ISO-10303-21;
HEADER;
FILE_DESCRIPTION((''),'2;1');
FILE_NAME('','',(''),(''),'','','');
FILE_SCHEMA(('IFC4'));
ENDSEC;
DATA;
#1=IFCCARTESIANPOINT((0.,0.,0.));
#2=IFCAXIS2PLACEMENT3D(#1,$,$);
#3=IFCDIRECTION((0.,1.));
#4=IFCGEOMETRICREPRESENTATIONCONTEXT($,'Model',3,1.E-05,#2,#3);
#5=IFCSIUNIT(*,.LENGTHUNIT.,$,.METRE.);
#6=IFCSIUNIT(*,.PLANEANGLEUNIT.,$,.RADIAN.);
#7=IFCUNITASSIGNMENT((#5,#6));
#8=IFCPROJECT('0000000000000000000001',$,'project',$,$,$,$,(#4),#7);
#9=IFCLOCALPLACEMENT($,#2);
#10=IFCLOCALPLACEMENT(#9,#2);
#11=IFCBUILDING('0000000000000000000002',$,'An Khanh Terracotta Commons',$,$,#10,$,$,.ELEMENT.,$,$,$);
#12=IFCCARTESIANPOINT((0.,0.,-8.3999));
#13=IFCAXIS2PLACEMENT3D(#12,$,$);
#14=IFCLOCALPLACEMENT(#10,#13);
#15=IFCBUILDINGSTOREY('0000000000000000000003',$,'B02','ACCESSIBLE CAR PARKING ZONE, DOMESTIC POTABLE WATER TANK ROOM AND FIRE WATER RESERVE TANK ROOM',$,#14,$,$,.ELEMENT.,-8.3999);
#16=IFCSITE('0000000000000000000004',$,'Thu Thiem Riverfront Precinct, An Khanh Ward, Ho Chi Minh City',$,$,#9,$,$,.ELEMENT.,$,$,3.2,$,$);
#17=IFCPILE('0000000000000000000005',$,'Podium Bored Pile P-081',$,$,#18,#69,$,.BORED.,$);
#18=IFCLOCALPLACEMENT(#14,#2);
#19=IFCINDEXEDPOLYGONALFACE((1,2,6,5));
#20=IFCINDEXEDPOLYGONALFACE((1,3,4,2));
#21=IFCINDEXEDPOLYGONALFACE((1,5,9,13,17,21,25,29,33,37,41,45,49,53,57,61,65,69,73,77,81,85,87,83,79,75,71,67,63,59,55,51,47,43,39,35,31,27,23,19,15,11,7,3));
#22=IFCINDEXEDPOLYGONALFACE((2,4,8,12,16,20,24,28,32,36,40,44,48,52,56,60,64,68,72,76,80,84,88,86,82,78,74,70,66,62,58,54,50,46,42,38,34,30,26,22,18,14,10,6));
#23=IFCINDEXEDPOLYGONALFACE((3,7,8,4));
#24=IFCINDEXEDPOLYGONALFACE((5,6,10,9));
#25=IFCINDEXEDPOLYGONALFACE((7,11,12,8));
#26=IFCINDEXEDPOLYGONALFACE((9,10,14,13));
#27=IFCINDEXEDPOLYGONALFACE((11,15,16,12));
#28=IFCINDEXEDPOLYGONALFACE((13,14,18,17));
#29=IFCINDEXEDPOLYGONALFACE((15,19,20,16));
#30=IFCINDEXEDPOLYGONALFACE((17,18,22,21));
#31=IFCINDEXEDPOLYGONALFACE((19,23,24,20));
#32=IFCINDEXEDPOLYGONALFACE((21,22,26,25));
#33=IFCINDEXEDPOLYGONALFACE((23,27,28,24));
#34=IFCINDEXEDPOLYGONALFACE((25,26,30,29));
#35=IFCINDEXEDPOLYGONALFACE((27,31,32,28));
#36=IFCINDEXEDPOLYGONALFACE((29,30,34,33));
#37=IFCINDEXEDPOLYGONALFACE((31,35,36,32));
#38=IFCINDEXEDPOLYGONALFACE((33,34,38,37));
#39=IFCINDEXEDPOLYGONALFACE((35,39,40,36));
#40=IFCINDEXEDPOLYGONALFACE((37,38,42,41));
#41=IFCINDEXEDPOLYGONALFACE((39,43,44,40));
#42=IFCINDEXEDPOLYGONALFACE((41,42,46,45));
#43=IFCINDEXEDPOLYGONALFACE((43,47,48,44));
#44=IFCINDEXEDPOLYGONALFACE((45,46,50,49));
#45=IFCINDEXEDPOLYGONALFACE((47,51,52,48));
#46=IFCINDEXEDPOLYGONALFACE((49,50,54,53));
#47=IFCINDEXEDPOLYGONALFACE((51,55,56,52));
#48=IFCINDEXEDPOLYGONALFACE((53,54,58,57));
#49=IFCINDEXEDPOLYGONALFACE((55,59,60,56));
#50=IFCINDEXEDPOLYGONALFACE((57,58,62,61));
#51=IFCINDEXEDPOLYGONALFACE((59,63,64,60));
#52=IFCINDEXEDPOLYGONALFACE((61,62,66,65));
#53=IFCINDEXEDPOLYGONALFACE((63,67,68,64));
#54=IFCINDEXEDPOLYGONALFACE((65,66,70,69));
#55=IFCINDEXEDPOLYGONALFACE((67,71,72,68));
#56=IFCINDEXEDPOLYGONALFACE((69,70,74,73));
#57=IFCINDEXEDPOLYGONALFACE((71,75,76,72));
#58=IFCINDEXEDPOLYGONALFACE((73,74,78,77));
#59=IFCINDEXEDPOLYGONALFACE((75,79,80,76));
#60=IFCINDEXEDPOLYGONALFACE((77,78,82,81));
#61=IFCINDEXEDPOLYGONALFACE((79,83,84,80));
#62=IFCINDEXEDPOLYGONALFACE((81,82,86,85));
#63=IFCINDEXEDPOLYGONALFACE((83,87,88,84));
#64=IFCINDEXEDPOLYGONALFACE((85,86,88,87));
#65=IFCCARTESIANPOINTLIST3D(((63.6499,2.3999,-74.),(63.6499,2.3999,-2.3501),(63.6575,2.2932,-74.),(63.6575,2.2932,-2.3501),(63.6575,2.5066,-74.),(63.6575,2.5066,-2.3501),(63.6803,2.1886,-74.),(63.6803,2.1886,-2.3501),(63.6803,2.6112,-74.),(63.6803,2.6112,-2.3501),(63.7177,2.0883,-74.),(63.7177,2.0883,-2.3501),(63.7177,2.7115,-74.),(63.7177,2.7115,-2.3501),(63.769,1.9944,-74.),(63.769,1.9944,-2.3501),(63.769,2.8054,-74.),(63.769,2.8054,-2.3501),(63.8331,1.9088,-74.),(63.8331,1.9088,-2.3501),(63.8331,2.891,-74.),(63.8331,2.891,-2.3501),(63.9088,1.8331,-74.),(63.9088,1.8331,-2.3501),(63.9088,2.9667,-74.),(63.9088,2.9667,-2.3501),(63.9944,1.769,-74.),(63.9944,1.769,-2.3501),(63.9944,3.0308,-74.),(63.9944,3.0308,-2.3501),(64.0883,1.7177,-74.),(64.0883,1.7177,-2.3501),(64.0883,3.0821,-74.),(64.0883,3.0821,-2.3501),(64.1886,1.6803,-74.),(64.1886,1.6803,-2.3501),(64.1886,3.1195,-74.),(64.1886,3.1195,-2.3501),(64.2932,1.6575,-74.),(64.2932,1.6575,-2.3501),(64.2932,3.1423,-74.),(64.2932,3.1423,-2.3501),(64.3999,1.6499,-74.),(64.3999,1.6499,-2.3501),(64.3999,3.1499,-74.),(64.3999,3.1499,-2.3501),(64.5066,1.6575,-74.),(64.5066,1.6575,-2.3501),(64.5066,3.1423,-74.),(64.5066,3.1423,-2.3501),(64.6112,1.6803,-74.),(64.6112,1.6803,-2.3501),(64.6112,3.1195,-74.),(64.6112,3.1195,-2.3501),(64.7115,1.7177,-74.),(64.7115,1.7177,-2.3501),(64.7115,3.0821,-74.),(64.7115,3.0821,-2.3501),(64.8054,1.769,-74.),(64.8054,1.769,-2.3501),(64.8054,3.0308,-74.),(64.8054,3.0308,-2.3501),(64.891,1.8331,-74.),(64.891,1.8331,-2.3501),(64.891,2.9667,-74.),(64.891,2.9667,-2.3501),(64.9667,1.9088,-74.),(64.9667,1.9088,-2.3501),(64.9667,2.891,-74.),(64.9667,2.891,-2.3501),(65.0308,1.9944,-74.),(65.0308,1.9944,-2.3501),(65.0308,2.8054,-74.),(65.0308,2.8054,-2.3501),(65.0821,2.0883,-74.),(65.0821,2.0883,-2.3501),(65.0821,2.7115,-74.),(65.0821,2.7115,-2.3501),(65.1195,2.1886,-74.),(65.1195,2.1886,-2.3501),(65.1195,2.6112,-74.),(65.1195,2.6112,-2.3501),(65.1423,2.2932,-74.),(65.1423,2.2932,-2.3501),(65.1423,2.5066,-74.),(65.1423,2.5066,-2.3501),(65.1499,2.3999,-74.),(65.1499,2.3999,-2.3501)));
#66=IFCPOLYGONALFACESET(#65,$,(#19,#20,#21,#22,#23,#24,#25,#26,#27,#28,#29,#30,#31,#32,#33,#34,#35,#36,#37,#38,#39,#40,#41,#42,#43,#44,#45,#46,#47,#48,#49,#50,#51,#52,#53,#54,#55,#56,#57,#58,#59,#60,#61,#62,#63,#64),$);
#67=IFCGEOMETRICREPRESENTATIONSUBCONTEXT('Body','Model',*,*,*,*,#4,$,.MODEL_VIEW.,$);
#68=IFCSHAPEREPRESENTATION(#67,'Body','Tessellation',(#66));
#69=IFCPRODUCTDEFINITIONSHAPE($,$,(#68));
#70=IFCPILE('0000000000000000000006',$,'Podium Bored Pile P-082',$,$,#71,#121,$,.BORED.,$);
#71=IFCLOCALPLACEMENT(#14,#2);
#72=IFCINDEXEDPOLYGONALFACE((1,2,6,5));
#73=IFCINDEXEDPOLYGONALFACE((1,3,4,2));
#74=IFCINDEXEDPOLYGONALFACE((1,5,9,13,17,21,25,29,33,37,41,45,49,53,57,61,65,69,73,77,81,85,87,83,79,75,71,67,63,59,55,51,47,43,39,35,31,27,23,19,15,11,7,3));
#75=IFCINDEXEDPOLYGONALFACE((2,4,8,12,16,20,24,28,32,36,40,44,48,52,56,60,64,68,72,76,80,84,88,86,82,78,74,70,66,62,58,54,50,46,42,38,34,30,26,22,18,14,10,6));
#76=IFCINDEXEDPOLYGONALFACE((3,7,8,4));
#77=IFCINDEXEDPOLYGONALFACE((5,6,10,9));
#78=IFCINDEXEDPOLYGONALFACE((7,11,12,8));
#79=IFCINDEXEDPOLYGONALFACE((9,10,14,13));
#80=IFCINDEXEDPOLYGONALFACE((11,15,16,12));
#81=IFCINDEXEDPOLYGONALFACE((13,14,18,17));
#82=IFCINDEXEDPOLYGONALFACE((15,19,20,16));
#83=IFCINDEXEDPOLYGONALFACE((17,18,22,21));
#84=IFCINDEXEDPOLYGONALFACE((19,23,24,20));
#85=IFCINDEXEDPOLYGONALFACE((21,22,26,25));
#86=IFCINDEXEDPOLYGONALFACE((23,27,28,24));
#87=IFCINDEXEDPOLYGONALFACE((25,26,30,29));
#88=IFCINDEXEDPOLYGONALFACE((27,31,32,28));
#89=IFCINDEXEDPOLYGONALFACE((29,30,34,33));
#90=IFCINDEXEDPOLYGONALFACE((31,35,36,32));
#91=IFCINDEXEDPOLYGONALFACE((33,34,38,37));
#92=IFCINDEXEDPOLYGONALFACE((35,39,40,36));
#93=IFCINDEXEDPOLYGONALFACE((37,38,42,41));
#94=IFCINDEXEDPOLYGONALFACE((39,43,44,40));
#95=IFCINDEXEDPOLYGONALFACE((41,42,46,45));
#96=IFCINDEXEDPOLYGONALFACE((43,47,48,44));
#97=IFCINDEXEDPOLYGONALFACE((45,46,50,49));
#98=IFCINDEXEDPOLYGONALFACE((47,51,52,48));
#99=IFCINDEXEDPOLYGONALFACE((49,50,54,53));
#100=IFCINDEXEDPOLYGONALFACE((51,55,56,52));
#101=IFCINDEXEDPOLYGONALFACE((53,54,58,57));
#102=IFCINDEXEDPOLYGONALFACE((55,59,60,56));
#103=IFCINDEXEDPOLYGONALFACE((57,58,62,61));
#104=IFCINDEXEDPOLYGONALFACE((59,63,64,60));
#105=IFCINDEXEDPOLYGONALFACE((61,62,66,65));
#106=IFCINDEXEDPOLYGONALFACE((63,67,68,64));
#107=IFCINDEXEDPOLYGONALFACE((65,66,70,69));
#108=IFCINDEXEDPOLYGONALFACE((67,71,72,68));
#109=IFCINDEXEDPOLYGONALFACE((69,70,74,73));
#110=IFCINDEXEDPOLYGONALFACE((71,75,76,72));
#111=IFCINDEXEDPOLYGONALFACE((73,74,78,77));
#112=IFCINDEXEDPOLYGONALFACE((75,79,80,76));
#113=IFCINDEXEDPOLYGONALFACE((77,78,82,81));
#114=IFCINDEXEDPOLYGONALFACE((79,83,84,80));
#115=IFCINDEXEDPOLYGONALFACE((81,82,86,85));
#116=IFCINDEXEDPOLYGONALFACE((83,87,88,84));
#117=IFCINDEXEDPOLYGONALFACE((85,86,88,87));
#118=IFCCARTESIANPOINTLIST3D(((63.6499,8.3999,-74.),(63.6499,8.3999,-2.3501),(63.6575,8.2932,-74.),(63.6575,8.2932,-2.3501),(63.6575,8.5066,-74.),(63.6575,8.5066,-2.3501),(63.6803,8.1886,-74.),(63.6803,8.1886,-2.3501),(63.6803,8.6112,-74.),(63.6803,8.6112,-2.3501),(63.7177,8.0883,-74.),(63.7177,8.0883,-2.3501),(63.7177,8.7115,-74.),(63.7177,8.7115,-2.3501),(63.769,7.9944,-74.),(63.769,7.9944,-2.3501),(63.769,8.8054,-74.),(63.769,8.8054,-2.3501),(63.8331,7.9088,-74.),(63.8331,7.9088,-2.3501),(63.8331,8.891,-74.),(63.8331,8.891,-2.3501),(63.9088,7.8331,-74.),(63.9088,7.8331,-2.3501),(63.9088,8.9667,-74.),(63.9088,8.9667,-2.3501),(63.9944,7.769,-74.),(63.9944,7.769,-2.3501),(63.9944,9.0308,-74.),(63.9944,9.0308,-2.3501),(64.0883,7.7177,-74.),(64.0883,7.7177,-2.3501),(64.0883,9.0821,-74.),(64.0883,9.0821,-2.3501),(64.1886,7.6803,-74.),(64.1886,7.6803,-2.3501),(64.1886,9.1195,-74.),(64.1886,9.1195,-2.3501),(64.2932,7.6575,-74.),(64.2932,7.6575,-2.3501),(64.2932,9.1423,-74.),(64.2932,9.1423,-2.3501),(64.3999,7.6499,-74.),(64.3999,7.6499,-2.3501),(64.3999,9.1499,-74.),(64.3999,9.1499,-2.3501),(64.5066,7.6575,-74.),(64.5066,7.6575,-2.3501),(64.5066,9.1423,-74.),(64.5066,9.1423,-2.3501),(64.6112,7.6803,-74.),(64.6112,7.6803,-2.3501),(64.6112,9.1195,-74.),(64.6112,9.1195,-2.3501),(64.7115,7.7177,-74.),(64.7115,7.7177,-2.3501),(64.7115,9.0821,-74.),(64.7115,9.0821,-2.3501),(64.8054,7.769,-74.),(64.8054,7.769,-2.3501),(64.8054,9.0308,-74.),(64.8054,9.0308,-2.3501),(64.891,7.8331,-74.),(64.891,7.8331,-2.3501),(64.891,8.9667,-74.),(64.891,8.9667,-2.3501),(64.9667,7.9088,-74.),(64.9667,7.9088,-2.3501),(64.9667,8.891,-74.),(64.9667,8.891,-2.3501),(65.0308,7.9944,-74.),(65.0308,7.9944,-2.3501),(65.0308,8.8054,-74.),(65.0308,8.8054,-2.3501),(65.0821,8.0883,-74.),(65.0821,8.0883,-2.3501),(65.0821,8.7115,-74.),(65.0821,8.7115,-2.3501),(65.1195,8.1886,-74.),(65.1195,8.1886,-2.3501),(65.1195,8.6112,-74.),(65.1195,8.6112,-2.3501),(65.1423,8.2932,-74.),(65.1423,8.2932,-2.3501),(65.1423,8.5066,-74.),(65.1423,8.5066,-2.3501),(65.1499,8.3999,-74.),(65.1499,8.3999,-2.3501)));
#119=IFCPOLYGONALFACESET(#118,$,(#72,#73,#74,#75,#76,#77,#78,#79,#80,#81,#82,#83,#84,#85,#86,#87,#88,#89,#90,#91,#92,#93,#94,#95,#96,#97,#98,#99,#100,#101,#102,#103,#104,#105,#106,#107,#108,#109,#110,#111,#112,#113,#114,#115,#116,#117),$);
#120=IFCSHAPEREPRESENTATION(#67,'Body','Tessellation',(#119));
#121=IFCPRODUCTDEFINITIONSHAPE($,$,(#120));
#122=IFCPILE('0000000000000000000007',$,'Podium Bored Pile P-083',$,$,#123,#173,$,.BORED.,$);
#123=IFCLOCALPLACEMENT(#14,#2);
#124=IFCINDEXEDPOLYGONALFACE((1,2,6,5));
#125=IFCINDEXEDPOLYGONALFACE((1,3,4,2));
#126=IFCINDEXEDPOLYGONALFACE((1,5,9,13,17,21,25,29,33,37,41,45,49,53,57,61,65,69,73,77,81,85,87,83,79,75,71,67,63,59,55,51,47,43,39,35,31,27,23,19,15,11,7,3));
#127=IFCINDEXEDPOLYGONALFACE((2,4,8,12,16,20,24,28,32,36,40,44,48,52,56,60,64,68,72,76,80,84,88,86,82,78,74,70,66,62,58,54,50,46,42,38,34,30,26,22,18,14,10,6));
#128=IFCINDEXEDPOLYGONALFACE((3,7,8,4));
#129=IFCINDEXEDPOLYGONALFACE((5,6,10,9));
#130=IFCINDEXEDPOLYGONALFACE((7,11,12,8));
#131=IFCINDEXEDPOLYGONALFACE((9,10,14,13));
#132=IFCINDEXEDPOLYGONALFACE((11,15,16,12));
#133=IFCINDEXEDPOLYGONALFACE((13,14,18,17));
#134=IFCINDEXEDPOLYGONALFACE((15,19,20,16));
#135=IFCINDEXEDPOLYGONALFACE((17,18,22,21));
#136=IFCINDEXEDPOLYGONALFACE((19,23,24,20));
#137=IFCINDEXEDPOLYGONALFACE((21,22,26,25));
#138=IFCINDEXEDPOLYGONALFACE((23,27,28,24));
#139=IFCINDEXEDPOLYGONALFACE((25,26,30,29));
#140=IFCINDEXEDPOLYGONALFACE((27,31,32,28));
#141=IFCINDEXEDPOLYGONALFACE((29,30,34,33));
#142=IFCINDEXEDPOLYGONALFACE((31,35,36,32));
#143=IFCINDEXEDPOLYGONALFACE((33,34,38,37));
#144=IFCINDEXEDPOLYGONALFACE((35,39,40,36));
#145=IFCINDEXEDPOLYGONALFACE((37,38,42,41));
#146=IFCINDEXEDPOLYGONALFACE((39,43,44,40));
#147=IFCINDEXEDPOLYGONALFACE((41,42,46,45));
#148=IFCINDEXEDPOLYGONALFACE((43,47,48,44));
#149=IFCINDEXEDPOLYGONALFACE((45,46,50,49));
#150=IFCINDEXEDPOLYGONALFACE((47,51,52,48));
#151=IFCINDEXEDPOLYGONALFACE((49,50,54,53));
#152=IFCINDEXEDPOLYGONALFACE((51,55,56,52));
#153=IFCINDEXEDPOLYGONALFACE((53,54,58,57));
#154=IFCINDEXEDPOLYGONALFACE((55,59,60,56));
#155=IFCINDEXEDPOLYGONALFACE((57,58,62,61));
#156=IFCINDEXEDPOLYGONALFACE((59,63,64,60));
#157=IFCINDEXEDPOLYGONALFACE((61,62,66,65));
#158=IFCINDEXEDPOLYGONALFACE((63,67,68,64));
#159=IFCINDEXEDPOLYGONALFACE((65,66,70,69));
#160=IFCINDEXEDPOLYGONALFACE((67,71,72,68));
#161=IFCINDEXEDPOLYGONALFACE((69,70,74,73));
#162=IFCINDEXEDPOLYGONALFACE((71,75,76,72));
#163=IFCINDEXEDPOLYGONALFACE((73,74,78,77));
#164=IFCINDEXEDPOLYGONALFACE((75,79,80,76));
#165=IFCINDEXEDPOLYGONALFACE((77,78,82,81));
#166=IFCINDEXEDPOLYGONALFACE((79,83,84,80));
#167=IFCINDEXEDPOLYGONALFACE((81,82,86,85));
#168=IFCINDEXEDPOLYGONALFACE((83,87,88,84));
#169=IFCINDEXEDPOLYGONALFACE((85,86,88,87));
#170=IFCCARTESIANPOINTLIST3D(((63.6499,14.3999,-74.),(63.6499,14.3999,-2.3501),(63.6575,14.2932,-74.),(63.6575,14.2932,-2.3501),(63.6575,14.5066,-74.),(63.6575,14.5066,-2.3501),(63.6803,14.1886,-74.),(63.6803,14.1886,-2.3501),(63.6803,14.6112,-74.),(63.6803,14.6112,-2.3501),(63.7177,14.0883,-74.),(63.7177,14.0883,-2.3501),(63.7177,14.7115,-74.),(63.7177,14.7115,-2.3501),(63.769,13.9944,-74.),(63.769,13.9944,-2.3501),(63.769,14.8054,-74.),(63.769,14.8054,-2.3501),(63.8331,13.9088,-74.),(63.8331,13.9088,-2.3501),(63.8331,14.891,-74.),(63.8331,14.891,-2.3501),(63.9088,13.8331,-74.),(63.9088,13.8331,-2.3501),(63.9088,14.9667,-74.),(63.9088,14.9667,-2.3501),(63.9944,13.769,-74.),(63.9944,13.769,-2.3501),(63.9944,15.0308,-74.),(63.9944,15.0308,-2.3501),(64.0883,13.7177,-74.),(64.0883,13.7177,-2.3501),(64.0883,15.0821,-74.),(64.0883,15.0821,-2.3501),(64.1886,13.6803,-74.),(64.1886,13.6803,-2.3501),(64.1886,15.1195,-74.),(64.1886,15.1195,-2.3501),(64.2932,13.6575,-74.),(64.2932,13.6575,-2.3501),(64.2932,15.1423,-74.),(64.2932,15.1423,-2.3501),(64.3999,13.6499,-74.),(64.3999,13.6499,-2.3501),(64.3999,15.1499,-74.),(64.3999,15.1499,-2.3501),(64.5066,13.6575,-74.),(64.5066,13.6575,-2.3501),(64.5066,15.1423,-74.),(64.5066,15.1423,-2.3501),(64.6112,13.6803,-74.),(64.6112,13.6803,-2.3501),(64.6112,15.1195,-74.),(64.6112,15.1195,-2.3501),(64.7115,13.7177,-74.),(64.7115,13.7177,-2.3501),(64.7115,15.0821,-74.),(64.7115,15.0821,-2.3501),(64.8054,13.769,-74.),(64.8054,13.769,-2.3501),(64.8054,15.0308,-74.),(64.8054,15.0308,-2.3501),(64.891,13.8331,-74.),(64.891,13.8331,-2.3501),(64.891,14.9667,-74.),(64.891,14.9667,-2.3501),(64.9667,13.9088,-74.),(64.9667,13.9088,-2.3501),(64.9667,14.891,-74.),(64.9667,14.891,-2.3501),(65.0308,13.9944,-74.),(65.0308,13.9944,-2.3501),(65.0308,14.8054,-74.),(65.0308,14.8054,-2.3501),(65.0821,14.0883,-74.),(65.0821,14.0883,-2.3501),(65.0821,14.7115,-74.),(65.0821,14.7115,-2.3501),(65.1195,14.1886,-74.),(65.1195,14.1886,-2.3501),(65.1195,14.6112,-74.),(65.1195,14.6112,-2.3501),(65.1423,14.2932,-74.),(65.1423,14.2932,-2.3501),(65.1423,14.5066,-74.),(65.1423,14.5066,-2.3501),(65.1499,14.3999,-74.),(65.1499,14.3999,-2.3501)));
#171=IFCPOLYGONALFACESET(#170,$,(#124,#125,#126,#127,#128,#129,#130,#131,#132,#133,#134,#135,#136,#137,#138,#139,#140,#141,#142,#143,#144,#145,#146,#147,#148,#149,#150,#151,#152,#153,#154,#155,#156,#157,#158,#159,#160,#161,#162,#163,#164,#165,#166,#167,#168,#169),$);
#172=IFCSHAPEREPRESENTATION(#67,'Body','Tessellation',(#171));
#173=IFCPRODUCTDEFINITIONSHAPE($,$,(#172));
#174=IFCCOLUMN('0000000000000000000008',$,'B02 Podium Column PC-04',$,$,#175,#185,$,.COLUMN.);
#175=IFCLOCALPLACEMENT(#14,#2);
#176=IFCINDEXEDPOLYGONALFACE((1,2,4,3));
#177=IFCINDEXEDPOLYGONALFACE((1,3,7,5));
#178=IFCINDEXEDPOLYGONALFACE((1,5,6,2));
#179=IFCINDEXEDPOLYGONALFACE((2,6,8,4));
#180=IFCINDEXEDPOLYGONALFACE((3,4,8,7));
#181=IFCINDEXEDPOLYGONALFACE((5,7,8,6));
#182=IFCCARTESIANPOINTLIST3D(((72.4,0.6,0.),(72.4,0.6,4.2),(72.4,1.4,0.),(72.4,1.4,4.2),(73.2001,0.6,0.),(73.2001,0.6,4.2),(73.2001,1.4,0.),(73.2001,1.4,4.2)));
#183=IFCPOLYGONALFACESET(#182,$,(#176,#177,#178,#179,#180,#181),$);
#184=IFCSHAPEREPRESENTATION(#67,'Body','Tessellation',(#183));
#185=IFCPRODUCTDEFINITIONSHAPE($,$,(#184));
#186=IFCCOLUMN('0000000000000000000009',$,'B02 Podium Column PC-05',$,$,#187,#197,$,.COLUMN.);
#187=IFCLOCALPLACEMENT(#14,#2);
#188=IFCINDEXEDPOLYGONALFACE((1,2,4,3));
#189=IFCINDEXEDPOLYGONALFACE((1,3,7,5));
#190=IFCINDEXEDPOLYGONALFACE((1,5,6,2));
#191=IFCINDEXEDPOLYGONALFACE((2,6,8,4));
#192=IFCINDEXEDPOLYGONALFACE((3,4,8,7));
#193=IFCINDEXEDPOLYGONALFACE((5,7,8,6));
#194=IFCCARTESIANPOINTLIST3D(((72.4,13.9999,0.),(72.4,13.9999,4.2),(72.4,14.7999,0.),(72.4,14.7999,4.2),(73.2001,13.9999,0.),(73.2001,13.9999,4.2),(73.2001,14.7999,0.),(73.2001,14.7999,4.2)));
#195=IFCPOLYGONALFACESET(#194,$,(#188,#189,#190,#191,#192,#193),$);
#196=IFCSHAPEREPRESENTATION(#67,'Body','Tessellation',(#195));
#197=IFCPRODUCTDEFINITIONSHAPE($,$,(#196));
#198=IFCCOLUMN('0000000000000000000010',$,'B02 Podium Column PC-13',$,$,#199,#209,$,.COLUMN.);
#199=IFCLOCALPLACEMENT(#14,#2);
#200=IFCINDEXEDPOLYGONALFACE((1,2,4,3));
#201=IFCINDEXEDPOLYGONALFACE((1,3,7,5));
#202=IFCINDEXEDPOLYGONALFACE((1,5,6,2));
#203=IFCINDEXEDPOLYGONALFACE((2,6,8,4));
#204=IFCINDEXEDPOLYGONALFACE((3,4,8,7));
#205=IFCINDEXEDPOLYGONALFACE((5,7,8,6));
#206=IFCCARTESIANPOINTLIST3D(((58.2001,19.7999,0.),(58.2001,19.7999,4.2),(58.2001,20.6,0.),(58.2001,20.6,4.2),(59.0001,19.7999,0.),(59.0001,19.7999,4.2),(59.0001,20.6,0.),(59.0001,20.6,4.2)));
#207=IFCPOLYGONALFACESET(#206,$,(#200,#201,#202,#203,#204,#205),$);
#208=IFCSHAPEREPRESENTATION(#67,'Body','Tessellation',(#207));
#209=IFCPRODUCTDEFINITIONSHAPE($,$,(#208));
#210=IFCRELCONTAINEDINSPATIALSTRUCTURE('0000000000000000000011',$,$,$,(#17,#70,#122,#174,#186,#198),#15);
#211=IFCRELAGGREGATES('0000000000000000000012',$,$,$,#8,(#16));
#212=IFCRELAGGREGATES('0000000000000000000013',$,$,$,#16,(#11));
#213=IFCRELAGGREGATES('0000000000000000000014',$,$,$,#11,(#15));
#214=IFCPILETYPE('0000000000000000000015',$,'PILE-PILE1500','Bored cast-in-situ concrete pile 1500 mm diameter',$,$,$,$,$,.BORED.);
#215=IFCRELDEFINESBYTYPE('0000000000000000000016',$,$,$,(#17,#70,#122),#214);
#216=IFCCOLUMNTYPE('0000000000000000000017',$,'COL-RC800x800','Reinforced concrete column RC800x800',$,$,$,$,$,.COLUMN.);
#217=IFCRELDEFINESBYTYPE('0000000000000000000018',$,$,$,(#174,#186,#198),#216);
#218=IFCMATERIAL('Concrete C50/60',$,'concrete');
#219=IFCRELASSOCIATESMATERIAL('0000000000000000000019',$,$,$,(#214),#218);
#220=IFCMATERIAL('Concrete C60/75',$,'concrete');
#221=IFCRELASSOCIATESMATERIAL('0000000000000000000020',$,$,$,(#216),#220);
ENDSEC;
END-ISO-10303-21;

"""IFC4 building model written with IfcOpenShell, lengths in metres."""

from ifc_helpers import new_model, si_unit, direction, frame, origin, origin_2d, place, context, subcontext, project, spatial, rectangle, circle, extrude, material, material_profile, profile_set, type_object, element, save


model = new_model("IFC4")

# Units and contexts
model_context = context("Model", 3, precision=1e-05, world=origin(), true_north=direction((0.0, 1.0)))
body_context = subcontext(model_context, "Body", "Model", "MODEL_VIEW")
ifc_project = project(units=[si_unit("LENGTHUNIT", "METRE"), si_unit("PLANEANGLEUNIT", "RADIAN")], contexts=[model_context])

# Site, building, storey
site_placement = place(None, origin())
site = spatial("IfcSite", under=ifc_project, at=site_placement, Name="Thu Thiem Riverfront Precinct, An Khanh Ward, Ho Chi Minh City", CompositionType="ELEMENT", RefElevation=3.2)
building_placement = place(site_placement, origin())
building = spatial("IfcBuilding", under=site, at=building_placement, Name="An Khanh Terracotta Commons", CompositionType="ELEMENT")
storey_placement = place(building_placement, frame((0.0, 0.0, -8.3999)))
storey = spatial("IfcBuildingStorey", under=building, at=storey_placement, Name="B02", Description="ACCESSIBLE CAR PARKING ZONE, DOMESTIC POTABLE WATER TANK ROOM AND FIRE WATER RESERVE TANK ROOM", CompositionType="ELEMENT", Elevation=-8.3999)

# Shared definitions
ifc_material_1 = material(Name="Concrete C50/60", Category="concrete")

# Piles
ifc_material_profile_1 = material_profile(ifc_material_1, circle(Radius=0.75, at=origin_2d()), Name="PILE1500")
ifc_profile_set_1 = profile_set([ifc_material_profile_1], Name="Concrete C50/60")
pile_type_1 = type_object("IfcPileType", Name="PILE-PILE1500", Description="Bored cast-in-situ concrete pile 1500 mm diameter", PredefinedType="BORED", material=ifc_profile_set_1)
for number, where, z_axis, x_axis, name in (
    (1, (64.3999, 2.3999, -2.3501), (0.0, 0.0, -1.0), (1.0, 0.0, 0.0), "Podium Bored Pile P-081"),
    (2, (64.3999, 8.3999, -2.3501), (0.0, 0.0, -1.0), (1.0, 0.0, 0.0), "Podium Bored Pile P-082"),
    (3, (64.3999, 14.3999, -2.3501), (0.0, 0.0, -1.0), (1.0, 0.0, 0.0), "Podium Bored Pile P-083"),
):
    element("IfcPile", number, at=place(storey_placement, frame(where, z_axis=z_axis, x_axis=x_axis)), inside=storey, type_object=pile_type_1, Name=name, PredefinedType="BORED", context=body_context, shape_type="SweptSolid", body=[
        extrude(circle(Radius=0.75, at=origin_2d()), origin(), (0.0, 0.0, 1.0), 71.6499),
    ])

# Columns
ifc_material_2 = material(Name="Concrete C60/75", Category="concrete")
ifc_material_profile_2 = material_profile(ifc_material_2, rectangle(XDim=0.8, YDim=0.8, at=origin_2d()), Name="RC800x800")
ifc_profile_set_2 = profile_set([ifc_material_profile_2], Name="Concrete C60/75")
column_type = type_object("IfcColumnType", Name="COL-RC800x800", Description="Reinforced concrete column RC800x800", PredefinedType="COLUMN", material=ifc_profile_set_2)
for number, where, z_axis, x_axis, name in (
    (4, (72.8, 1.0, 0.0), (0.0, 0.0, 1.0), (1.0, 0.0, 0.0), "B02 Podium Column PC-04"),
    (5, (72.8, 14.3999, 0.0), (0.0, 0.0, 1.0), (1.0, 0.0, 0.0), "B02 Podium Column PC-05"),
    (6, (58.6001, 20.2, 0.0), (0.0, 0.0, 1.0), (1.0, 0.0, 0.0), "B02 Podium Column PC-13"),
):
    element("IfcColumn", number, at=place(storey_placement, frame(where, z_axis=z_axis, x_axis=x_axis)), inside=storey, type_object=column_type, Name=name, PredefinedType="COLUMN", context=body_context, shape_type="SweptSolid", body=[
        extrude(rectangle(XDim=0.8, YDim=0.8, at=origin_2d()), origin(), (0.0, 0.0, 1.0), 4.2),
    ])

save(model, "model.ifc")
